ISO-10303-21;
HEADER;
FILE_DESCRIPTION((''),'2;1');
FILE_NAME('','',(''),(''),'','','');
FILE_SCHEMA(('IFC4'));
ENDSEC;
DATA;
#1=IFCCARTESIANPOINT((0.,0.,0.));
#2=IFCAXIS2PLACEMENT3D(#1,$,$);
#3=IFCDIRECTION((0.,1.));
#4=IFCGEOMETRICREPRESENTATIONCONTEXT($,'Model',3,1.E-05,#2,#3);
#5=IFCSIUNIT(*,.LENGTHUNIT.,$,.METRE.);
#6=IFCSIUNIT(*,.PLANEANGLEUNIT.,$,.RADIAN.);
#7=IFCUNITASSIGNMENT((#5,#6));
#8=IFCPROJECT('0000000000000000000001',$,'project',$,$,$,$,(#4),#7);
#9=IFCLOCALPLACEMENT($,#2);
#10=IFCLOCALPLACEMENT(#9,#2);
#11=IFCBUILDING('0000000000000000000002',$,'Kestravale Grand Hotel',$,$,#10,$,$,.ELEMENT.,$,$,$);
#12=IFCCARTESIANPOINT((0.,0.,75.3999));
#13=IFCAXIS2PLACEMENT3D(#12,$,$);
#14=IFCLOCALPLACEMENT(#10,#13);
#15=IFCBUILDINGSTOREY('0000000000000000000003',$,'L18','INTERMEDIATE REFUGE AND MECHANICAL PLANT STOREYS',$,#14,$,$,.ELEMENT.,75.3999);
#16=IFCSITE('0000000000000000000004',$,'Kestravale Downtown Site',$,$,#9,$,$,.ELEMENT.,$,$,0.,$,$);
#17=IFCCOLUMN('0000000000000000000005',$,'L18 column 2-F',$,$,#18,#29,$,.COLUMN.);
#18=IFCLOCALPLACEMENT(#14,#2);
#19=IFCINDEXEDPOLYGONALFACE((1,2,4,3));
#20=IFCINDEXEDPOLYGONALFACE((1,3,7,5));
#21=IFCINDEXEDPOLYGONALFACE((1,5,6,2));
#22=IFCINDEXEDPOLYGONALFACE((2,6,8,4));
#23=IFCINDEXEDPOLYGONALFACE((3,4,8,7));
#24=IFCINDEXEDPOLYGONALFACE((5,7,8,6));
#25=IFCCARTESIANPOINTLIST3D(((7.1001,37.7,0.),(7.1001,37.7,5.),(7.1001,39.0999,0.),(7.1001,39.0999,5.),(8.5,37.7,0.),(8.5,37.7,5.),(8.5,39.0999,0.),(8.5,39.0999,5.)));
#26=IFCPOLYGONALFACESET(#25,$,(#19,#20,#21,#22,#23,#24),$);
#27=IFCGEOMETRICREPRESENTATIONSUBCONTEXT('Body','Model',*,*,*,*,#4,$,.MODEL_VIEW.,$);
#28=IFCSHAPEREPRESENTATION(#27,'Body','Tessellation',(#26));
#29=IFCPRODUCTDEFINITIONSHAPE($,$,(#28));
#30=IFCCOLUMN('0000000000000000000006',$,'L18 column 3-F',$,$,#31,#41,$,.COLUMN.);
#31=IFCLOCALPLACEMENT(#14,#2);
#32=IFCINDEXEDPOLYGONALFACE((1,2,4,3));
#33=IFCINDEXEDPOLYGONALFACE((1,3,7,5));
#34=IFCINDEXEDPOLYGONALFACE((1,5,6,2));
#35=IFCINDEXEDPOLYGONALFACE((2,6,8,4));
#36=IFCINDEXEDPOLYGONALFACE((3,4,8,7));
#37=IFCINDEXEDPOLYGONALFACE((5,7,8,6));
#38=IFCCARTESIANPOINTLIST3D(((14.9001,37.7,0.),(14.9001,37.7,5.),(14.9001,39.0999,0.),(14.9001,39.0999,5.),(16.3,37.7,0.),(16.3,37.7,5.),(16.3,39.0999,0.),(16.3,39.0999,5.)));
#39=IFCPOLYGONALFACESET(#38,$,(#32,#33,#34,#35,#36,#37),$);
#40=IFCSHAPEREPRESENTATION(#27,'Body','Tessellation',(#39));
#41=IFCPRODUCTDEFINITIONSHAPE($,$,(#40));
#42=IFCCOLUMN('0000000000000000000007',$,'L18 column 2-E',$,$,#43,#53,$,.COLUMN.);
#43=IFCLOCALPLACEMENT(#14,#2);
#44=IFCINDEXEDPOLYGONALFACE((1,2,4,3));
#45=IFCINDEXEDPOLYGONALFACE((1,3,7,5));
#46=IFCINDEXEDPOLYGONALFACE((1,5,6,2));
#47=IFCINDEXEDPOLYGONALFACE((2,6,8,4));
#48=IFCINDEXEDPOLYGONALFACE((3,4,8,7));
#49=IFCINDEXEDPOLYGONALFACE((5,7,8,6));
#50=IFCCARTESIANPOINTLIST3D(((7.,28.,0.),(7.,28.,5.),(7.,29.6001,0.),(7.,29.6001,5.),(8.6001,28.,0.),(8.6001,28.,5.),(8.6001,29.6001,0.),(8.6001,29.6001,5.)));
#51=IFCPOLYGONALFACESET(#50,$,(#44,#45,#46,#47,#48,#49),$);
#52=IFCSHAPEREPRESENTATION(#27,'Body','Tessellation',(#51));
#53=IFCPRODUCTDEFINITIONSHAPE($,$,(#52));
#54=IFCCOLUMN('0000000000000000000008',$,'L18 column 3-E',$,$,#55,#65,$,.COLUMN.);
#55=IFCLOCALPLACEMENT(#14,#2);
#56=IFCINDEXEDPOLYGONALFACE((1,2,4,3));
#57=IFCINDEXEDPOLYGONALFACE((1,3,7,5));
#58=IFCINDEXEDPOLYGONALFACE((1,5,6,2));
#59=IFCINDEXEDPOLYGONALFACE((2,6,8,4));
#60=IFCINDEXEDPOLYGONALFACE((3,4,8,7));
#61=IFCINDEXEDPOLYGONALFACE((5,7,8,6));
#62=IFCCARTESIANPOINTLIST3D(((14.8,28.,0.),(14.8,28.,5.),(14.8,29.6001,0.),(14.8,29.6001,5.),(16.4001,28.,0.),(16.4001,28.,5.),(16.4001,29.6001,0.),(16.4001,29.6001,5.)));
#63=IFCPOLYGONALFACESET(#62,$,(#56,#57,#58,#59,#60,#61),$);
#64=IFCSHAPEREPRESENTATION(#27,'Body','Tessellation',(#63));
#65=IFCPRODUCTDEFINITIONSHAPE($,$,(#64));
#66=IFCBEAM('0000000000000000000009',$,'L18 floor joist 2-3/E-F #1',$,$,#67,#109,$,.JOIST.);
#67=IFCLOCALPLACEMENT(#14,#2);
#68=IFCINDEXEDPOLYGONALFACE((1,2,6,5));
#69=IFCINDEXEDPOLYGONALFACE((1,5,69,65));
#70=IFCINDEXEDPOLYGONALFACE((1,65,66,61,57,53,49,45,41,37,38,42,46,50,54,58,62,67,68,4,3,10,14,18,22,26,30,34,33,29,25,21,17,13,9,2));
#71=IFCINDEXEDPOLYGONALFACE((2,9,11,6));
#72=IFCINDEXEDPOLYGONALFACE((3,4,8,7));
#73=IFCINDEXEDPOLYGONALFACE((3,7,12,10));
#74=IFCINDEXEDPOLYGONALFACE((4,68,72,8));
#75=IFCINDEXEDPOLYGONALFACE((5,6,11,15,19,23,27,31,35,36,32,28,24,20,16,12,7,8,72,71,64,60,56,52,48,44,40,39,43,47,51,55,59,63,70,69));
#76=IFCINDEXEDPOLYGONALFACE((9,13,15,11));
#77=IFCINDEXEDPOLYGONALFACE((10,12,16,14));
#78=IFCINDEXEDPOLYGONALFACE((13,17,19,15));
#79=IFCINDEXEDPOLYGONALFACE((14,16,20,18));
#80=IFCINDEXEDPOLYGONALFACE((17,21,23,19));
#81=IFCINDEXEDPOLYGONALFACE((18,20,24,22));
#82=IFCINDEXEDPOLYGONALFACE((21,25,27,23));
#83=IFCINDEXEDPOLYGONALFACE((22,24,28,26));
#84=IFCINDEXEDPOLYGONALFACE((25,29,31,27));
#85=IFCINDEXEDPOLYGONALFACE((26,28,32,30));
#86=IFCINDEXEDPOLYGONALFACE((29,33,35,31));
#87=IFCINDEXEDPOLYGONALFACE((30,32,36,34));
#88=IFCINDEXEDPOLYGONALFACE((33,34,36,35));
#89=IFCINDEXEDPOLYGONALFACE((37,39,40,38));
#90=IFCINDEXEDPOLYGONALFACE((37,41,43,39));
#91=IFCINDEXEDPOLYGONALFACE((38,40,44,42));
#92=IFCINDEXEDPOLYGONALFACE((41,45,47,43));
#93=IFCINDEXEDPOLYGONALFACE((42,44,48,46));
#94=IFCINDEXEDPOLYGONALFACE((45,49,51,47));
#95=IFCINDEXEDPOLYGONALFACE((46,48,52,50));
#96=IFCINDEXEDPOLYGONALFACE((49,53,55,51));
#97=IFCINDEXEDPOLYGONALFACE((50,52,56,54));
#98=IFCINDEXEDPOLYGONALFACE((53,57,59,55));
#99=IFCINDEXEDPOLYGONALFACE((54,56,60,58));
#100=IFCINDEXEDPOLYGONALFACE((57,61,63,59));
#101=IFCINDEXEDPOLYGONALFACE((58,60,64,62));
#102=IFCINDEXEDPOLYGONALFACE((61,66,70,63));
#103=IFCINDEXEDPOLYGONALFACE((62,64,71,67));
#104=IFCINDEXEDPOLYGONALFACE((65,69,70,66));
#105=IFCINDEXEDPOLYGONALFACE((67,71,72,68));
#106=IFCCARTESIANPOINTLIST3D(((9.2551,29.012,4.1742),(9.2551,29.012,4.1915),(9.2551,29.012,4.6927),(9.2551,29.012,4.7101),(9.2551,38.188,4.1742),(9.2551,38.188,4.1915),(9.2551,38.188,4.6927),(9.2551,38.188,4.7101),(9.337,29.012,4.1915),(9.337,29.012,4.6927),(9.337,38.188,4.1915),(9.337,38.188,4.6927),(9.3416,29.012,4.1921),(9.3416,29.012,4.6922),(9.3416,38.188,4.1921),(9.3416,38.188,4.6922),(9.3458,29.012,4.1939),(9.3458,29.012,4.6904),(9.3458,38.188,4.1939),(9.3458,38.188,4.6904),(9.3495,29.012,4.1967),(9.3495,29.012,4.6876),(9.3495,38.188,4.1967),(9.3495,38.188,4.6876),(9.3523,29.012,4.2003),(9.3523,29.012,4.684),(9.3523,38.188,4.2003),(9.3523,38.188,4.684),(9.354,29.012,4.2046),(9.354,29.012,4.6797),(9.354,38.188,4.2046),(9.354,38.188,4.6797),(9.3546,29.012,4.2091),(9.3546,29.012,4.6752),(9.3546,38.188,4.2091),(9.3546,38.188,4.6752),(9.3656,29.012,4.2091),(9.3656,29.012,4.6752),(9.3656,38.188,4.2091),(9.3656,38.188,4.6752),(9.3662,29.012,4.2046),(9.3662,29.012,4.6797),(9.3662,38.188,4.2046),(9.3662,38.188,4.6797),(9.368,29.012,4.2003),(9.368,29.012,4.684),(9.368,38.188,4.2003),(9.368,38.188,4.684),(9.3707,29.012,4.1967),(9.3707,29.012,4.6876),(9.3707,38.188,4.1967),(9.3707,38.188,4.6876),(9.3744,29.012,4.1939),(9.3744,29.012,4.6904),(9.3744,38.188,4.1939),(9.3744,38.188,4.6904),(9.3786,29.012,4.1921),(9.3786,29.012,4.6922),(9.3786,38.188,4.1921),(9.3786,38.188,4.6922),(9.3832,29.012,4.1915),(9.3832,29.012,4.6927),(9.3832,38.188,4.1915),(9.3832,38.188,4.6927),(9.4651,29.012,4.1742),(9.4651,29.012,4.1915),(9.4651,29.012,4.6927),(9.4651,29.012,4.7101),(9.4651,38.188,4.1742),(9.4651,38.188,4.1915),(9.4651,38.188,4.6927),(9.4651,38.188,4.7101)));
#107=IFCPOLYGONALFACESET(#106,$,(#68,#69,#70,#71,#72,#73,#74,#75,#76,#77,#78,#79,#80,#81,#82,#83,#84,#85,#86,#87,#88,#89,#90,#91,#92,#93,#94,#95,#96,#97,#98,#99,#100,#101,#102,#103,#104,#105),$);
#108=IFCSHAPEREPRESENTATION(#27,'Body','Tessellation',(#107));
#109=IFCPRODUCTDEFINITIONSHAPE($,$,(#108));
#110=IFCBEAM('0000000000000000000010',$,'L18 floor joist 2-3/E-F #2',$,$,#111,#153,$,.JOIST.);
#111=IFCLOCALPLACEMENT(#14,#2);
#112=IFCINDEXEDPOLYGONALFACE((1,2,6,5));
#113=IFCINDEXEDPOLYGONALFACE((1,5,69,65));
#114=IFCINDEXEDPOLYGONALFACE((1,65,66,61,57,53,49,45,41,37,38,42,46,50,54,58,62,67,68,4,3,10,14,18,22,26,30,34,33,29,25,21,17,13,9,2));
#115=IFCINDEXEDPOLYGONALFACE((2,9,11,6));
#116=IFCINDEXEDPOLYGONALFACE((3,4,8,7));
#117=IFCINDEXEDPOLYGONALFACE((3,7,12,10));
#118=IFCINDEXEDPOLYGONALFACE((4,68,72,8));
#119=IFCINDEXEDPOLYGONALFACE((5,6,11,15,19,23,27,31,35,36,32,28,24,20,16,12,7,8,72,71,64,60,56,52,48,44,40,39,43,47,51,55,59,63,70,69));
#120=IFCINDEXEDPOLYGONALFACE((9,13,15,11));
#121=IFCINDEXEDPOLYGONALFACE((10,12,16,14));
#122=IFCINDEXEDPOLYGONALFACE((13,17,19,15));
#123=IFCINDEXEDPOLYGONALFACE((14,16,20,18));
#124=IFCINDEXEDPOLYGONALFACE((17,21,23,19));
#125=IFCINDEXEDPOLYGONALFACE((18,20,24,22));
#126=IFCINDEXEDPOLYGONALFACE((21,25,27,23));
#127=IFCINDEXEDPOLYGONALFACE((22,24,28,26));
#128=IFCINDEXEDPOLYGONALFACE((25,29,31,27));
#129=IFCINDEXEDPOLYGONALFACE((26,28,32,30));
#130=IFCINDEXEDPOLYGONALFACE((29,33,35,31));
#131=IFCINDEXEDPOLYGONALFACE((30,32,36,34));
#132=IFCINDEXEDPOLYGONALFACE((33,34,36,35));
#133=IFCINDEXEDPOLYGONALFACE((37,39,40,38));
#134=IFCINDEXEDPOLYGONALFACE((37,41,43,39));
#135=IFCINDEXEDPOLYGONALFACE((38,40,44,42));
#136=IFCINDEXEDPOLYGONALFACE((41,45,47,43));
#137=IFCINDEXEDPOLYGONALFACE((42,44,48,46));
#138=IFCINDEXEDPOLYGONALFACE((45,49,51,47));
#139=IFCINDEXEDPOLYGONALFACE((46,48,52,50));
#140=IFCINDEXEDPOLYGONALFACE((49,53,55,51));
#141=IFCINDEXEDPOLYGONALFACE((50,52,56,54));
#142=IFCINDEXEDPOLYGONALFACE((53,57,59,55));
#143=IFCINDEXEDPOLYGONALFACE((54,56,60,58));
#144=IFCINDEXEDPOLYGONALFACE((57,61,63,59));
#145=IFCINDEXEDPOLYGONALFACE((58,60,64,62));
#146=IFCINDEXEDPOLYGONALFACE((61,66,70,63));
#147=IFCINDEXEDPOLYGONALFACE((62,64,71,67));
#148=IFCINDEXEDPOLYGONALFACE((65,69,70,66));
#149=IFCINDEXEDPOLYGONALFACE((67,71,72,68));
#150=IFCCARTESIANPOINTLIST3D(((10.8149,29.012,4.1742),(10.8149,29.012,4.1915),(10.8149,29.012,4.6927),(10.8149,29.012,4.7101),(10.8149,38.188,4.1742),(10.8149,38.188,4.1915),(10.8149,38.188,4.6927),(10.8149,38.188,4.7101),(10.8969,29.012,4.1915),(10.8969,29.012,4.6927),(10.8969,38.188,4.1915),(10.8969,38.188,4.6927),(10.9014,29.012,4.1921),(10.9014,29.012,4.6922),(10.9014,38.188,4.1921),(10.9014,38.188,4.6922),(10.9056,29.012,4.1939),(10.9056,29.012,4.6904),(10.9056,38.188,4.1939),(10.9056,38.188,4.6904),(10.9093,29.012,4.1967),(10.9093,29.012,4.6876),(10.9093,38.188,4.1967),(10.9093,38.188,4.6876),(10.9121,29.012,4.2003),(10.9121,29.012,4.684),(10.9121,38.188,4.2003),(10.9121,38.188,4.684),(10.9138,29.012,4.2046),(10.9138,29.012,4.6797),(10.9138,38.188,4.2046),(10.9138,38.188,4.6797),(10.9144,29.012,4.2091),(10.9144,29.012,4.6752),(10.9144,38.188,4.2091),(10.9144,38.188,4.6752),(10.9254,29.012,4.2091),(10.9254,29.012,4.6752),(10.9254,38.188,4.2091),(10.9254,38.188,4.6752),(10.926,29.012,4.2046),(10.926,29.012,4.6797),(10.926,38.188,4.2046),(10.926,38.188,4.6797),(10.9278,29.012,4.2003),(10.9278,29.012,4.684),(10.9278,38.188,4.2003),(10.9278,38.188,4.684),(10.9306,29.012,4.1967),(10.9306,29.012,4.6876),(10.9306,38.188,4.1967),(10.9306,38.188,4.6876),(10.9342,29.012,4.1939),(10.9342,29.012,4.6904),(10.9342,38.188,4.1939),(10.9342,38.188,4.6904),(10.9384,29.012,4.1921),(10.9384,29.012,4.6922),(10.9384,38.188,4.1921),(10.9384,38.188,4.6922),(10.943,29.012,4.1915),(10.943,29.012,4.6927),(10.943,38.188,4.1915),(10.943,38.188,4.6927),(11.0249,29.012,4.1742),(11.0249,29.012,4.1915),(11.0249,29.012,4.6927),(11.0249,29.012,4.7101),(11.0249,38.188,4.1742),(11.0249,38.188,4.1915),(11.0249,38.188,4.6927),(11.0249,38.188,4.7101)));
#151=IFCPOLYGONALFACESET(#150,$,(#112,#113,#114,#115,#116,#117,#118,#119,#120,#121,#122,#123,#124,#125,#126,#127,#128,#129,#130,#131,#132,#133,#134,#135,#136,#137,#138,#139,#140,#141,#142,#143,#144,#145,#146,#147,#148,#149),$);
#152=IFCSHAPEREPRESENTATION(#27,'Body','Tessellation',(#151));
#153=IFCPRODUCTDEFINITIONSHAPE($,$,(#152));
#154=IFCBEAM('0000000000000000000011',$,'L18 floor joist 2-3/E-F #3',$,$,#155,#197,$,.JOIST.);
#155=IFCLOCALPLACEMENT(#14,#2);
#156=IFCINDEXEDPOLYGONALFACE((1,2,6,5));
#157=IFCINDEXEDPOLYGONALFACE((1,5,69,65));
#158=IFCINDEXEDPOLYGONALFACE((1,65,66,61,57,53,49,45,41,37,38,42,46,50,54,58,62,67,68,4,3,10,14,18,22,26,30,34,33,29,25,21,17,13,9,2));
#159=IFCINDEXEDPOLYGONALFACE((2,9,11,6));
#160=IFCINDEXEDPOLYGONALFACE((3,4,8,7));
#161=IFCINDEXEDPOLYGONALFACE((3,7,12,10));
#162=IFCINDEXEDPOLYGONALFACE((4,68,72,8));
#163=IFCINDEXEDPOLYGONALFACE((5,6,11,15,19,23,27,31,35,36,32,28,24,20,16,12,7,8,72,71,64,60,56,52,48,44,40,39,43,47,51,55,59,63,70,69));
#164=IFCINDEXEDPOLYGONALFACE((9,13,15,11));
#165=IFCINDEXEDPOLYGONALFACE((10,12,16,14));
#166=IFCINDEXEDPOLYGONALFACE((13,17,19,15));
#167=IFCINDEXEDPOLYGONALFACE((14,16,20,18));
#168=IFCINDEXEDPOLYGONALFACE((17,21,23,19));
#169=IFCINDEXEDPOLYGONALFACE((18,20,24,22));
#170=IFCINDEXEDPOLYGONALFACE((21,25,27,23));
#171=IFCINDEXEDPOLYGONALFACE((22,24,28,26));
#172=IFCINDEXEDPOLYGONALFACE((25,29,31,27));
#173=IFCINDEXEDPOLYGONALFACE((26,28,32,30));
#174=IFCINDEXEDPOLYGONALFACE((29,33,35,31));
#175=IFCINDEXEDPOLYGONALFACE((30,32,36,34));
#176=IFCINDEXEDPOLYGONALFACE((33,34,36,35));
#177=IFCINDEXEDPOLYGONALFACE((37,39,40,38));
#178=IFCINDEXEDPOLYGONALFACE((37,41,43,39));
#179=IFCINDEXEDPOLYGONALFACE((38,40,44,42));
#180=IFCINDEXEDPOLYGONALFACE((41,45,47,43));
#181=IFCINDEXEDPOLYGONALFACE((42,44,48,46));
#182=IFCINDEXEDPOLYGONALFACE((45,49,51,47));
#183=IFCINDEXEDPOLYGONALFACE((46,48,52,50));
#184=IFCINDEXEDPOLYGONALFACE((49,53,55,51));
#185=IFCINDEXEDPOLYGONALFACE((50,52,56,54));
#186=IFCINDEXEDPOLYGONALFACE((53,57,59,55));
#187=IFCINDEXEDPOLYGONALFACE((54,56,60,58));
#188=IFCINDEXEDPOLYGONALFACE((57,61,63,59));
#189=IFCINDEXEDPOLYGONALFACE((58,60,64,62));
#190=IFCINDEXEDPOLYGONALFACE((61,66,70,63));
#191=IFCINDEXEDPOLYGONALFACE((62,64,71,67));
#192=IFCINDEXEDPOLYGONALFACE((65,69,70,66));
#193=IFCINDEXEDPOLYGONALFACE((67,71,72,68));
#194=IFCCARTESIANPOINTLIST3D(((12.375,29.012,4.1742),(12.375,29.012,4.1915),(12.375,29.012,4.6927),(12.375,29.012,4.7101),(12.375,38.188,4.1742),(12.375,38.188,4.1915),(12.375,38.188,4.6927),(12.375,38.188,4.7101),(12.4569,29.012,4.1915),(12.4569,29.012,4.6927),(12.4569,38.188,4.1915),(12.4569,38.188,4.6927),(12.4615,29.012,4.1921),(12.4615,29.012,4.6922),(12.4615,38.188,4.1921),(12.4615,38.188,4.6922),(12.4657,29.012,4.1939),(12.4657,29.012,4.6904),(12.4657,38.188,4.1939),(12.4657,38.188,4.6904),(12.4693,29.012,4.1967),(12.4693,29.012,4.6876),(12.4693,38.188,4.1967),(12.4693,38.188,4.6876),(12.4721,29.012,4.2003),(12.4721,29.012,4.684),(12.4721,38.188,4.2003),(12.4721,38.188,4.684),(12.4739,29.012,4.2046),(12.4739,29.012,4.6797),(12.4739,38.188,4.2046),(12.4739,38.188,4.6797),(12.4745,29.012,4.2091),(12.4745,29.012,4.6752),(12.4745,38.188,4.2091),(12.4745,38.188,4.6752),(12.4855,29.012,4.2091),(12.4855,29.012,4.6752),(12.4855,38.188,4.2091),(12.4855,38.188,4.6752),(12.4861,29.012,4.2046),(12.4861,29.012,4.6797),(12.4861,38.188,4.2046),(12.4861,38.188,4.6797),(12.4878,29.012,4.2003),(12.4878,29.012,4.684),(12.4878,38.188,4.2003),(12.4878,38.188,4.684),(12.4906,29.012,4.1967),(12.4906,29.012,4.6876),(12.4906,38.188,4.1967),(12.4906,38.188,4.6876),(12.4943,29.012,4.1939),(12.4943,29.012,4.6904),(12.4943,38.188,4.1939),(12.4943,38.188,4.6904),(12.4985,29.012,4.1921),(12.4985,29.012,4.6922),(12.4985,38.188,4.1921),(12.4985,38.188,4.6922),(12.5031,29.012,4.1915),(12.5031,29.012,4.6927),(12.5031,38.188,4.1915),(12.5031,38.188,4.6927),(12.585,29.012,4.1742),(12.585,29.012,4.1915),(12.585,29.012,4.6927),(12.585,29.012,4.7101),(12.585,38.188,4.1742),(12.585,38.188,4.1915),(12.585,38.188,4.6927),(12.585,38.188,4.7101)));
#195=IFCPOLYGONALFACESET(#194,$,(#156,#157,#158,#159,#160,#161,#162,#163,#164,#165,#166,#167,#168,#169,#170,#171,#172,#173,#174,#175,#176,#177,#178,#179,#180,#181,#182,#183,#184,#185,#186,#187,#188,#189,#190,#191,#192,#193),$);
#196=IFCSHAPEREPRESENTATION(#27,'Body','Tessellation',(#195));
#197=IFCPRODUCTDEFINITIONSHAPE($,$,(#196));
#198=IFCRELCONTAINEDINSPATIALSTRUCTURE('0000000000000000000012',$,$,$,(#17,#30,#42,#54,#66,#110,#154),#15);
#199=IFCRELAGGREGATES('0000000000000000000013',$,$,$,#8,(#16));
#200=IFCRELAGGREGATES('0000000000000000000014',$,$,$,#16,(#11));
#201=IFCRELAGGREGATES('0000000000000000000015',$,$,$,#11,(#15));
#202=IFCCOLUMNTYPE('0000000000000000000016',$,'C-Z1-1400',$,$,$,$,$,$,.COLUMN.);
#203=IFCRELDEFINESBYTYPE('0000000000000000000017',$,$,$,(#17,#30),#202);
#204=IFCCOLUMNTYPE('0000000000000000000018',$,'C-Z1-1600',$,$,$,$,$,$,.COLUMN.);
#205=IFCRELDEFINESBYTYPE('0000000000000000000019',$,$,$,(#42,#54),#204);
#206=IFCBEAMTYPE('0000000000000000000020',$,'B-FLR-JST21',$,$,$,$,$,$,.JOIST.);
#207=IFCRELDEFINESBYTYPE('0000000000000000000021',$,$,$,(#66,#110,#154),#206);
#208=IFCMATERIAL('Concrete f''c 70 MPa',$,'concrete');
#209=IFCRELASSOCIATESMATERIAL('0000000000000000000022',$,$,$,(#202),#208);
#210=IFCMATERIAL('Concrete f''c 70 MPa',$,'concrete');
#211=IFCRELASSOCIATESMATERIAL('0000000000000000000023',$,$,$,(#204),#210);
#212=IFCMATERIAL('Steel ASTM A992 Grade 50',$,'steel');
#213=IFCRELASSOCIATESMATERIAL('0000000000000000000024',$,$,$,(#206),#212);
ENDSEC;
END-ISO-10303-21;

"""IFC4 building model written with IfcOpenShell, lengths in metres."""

from ifc_helpers import new_model, si_unit, direction, frame, origin, origin_2d, place, context, subcontext, project, spatial, rectangle, i_section, extrude, material, material_profile, profile_set, type_object, element, save


model = new_model("IFC4")

# Units and contexts
model_context = context("Model", 3, precision=1e-05, world=origin(), true_north=direction((0.0, 1.0)))
body_context = subcontext(model_context, "Body", "Model", "MODEL_VIEW")
ifc_project = project(units=[si_unit("LENGTHUNIT", "METRE"), si_unit("PLANEANGLEUNIT", "RADIAN")], contexts=[model_context])

# Site, building, storey
site_placement = place(None, origin())
site = spatial("IfcSite", under=ifc_project, at=site_placement, Name="Kestravale Downtown Site", CompositionType="ELEMENT", RefElevation=0.0)
building_placement = place(site_placement, origin())
building = spatial("IfcBuilding", under=site, at=building_placement, Name="Kestravale Grand Hotel", CompositionType="ELEMENT")
storey_placement = place(building_placement, frame((0.0, 0.0, 75.3999)))
storey = spatial("IfcBuildingStorey", under=building, at=storey_placement, Name="L18", Description="INTERMEDIATE REFUGE AND MECHANICAL PLANT STOREYS", CompositionType="ELEMENT", Elevation=75.3999)

# Columns
ifc_material_1 = material(Name="Concrete f'c 70 MPa", Category="concrete")
ifc_material_profile_1 = material_profile(ifc_material_1, rectangle(XDim=1.3999, YDim=1.3999, at=origin_2d()))
ifc_profile_set_1 = profile_set([ifc_material_profile_1], Name="Concrete f'c 70 MPa")
column_type_1 = type_object("IfcColumnType", Name="C-Z1-1400", PredefinedType="COLUMN", material=ifc_profile_set_1)
for number, where, z_axis, x_axis, name in (
    (1, (7.8, 38.3999, 0.0), (0.0, 0.0, 1.0), (1.0, 0.0, 0.0), "L18 column 2-F"),
    (2, (15.6001, 38.3999, 0.0), (0.0, 0.0, 1.0), (1.0, 0.0, 0.0), "L18 column 3-F"),
):
    element("IfcColumn", number, at=place(storey_placement, frame(where, z_axis=z_axis, x_axis=x_axis)), inside=storey, type_object=column_type_1, Name=name, PredefinedType="COLUMN", context=body_context, shape_type="SweptSolid", body=[
        extrude(rectangle(XDim=1.3999, YDim=1.3999, at=origin_2d()), origin(), (0.0, 0.0, 1.0), 5.0),
    ])
ifc_material_2 = material(Name="Concrete f'c 70 MPa", Category="concrete")
ifc_material_profile_2 = material_profile(ifc_material_2, rectangle(XDim=1.6001, YDim=1.6001, at=origin_2d()))
ifc_profile_set_2 = profile_set([ifc_material_profile_2], Name="Concrete f'c 70 MPa")
column_type_2 = type_object("IfcColumnType", Name="C-Z1-1600", PredefinedType="COLUMN", material=ifc_profile_set_2)
for number, where, z_axis, x_axis, name in (
    (3, (7.8, 28.8, 0.0), (0.0, 0.0, 1.0), (1.0, 0.0, 0.0), "L18 column 2-E"),
    (4, (15.6001, 28.8, 0.0), (0.0, 0.0, 1.0), (1.0, 0.0, 0.0), "L18 column 3-E"),
):
    element("IfcColumn", number, at=place(storey_placement, frame(where, z_axis=z_axis, x_axis=x_axis)), inside=storey, type_object=column_type_2, Name=name, PredefinedType="COLUMN", context=body_context, shape_type="SweptSolid", body=[
        extrude(rectangle(XDim=1.6001, YDim=1.6001, at=origin_2d()), origin(), (0.0, 0.0, 1.0), 5.0),
    ])

# Beams
ifc_material_3 = material(Name="Steel ASTM A992 Grade 50", Category="steel")
ifc_material_profile_3 = material_profile(ifc_material_3, i_section(OverallWidth=0.21, OverallDepth=0.5359, WebThickness=0.011, FlangeThickness=0.0173, FilletRadius=0.0176, at=origin_2d()))
ifc_profile_set_3 = profile_set([ifc_material_profile_3], Name="Steel ASTM A992 Grade 50")
beam_type_1 = type_object("IfcBeamType", Name="B-FLR-JST21", PredefinedType="JOIST", material=ifc_profile_set_3)
for number, where, z_axis, x_axis, name in (
    (5, (9.3601, 29.012, 4.4421), (0.0, 1.0, 0.0), (-1.0, 0.0, 0.0), "L18 floor joist 2-3/E-F #1"),
    (6, (10.9199, 29.012, 4.4421), (0.0, 1.0, 0.0), (-1.0, 0.0, 0.0), "L18 floor joist 2-3/E-F #2"),
    (7, (12.48, 29.012, 4.4421), (0.0, 1.0, 0.0), (-1.0, 0.0, 0.0), "L18 floor joist 2-3/E-F #3"),
):
    element("IfcBeam", number, at=place(storey_placement, frame(where, z_axis=z_axis, x_axis=x_axis)), inside=storey, type_object=beam_type_1, Name=name, PredefinedType="JOIST", context=body_context, shape_type="SweptSolid", body=[
        extrude(i_section(OverallWidth=0.21, OverallDepth=0.5359, WebThickness=0.011, FlangeThickness=0.0173, FilletRadius=0.0176, at=origin_2d()), origin(), (0.0, 0.0, 1.0), 9.176),
    ])

save(model, "model.ifc")
